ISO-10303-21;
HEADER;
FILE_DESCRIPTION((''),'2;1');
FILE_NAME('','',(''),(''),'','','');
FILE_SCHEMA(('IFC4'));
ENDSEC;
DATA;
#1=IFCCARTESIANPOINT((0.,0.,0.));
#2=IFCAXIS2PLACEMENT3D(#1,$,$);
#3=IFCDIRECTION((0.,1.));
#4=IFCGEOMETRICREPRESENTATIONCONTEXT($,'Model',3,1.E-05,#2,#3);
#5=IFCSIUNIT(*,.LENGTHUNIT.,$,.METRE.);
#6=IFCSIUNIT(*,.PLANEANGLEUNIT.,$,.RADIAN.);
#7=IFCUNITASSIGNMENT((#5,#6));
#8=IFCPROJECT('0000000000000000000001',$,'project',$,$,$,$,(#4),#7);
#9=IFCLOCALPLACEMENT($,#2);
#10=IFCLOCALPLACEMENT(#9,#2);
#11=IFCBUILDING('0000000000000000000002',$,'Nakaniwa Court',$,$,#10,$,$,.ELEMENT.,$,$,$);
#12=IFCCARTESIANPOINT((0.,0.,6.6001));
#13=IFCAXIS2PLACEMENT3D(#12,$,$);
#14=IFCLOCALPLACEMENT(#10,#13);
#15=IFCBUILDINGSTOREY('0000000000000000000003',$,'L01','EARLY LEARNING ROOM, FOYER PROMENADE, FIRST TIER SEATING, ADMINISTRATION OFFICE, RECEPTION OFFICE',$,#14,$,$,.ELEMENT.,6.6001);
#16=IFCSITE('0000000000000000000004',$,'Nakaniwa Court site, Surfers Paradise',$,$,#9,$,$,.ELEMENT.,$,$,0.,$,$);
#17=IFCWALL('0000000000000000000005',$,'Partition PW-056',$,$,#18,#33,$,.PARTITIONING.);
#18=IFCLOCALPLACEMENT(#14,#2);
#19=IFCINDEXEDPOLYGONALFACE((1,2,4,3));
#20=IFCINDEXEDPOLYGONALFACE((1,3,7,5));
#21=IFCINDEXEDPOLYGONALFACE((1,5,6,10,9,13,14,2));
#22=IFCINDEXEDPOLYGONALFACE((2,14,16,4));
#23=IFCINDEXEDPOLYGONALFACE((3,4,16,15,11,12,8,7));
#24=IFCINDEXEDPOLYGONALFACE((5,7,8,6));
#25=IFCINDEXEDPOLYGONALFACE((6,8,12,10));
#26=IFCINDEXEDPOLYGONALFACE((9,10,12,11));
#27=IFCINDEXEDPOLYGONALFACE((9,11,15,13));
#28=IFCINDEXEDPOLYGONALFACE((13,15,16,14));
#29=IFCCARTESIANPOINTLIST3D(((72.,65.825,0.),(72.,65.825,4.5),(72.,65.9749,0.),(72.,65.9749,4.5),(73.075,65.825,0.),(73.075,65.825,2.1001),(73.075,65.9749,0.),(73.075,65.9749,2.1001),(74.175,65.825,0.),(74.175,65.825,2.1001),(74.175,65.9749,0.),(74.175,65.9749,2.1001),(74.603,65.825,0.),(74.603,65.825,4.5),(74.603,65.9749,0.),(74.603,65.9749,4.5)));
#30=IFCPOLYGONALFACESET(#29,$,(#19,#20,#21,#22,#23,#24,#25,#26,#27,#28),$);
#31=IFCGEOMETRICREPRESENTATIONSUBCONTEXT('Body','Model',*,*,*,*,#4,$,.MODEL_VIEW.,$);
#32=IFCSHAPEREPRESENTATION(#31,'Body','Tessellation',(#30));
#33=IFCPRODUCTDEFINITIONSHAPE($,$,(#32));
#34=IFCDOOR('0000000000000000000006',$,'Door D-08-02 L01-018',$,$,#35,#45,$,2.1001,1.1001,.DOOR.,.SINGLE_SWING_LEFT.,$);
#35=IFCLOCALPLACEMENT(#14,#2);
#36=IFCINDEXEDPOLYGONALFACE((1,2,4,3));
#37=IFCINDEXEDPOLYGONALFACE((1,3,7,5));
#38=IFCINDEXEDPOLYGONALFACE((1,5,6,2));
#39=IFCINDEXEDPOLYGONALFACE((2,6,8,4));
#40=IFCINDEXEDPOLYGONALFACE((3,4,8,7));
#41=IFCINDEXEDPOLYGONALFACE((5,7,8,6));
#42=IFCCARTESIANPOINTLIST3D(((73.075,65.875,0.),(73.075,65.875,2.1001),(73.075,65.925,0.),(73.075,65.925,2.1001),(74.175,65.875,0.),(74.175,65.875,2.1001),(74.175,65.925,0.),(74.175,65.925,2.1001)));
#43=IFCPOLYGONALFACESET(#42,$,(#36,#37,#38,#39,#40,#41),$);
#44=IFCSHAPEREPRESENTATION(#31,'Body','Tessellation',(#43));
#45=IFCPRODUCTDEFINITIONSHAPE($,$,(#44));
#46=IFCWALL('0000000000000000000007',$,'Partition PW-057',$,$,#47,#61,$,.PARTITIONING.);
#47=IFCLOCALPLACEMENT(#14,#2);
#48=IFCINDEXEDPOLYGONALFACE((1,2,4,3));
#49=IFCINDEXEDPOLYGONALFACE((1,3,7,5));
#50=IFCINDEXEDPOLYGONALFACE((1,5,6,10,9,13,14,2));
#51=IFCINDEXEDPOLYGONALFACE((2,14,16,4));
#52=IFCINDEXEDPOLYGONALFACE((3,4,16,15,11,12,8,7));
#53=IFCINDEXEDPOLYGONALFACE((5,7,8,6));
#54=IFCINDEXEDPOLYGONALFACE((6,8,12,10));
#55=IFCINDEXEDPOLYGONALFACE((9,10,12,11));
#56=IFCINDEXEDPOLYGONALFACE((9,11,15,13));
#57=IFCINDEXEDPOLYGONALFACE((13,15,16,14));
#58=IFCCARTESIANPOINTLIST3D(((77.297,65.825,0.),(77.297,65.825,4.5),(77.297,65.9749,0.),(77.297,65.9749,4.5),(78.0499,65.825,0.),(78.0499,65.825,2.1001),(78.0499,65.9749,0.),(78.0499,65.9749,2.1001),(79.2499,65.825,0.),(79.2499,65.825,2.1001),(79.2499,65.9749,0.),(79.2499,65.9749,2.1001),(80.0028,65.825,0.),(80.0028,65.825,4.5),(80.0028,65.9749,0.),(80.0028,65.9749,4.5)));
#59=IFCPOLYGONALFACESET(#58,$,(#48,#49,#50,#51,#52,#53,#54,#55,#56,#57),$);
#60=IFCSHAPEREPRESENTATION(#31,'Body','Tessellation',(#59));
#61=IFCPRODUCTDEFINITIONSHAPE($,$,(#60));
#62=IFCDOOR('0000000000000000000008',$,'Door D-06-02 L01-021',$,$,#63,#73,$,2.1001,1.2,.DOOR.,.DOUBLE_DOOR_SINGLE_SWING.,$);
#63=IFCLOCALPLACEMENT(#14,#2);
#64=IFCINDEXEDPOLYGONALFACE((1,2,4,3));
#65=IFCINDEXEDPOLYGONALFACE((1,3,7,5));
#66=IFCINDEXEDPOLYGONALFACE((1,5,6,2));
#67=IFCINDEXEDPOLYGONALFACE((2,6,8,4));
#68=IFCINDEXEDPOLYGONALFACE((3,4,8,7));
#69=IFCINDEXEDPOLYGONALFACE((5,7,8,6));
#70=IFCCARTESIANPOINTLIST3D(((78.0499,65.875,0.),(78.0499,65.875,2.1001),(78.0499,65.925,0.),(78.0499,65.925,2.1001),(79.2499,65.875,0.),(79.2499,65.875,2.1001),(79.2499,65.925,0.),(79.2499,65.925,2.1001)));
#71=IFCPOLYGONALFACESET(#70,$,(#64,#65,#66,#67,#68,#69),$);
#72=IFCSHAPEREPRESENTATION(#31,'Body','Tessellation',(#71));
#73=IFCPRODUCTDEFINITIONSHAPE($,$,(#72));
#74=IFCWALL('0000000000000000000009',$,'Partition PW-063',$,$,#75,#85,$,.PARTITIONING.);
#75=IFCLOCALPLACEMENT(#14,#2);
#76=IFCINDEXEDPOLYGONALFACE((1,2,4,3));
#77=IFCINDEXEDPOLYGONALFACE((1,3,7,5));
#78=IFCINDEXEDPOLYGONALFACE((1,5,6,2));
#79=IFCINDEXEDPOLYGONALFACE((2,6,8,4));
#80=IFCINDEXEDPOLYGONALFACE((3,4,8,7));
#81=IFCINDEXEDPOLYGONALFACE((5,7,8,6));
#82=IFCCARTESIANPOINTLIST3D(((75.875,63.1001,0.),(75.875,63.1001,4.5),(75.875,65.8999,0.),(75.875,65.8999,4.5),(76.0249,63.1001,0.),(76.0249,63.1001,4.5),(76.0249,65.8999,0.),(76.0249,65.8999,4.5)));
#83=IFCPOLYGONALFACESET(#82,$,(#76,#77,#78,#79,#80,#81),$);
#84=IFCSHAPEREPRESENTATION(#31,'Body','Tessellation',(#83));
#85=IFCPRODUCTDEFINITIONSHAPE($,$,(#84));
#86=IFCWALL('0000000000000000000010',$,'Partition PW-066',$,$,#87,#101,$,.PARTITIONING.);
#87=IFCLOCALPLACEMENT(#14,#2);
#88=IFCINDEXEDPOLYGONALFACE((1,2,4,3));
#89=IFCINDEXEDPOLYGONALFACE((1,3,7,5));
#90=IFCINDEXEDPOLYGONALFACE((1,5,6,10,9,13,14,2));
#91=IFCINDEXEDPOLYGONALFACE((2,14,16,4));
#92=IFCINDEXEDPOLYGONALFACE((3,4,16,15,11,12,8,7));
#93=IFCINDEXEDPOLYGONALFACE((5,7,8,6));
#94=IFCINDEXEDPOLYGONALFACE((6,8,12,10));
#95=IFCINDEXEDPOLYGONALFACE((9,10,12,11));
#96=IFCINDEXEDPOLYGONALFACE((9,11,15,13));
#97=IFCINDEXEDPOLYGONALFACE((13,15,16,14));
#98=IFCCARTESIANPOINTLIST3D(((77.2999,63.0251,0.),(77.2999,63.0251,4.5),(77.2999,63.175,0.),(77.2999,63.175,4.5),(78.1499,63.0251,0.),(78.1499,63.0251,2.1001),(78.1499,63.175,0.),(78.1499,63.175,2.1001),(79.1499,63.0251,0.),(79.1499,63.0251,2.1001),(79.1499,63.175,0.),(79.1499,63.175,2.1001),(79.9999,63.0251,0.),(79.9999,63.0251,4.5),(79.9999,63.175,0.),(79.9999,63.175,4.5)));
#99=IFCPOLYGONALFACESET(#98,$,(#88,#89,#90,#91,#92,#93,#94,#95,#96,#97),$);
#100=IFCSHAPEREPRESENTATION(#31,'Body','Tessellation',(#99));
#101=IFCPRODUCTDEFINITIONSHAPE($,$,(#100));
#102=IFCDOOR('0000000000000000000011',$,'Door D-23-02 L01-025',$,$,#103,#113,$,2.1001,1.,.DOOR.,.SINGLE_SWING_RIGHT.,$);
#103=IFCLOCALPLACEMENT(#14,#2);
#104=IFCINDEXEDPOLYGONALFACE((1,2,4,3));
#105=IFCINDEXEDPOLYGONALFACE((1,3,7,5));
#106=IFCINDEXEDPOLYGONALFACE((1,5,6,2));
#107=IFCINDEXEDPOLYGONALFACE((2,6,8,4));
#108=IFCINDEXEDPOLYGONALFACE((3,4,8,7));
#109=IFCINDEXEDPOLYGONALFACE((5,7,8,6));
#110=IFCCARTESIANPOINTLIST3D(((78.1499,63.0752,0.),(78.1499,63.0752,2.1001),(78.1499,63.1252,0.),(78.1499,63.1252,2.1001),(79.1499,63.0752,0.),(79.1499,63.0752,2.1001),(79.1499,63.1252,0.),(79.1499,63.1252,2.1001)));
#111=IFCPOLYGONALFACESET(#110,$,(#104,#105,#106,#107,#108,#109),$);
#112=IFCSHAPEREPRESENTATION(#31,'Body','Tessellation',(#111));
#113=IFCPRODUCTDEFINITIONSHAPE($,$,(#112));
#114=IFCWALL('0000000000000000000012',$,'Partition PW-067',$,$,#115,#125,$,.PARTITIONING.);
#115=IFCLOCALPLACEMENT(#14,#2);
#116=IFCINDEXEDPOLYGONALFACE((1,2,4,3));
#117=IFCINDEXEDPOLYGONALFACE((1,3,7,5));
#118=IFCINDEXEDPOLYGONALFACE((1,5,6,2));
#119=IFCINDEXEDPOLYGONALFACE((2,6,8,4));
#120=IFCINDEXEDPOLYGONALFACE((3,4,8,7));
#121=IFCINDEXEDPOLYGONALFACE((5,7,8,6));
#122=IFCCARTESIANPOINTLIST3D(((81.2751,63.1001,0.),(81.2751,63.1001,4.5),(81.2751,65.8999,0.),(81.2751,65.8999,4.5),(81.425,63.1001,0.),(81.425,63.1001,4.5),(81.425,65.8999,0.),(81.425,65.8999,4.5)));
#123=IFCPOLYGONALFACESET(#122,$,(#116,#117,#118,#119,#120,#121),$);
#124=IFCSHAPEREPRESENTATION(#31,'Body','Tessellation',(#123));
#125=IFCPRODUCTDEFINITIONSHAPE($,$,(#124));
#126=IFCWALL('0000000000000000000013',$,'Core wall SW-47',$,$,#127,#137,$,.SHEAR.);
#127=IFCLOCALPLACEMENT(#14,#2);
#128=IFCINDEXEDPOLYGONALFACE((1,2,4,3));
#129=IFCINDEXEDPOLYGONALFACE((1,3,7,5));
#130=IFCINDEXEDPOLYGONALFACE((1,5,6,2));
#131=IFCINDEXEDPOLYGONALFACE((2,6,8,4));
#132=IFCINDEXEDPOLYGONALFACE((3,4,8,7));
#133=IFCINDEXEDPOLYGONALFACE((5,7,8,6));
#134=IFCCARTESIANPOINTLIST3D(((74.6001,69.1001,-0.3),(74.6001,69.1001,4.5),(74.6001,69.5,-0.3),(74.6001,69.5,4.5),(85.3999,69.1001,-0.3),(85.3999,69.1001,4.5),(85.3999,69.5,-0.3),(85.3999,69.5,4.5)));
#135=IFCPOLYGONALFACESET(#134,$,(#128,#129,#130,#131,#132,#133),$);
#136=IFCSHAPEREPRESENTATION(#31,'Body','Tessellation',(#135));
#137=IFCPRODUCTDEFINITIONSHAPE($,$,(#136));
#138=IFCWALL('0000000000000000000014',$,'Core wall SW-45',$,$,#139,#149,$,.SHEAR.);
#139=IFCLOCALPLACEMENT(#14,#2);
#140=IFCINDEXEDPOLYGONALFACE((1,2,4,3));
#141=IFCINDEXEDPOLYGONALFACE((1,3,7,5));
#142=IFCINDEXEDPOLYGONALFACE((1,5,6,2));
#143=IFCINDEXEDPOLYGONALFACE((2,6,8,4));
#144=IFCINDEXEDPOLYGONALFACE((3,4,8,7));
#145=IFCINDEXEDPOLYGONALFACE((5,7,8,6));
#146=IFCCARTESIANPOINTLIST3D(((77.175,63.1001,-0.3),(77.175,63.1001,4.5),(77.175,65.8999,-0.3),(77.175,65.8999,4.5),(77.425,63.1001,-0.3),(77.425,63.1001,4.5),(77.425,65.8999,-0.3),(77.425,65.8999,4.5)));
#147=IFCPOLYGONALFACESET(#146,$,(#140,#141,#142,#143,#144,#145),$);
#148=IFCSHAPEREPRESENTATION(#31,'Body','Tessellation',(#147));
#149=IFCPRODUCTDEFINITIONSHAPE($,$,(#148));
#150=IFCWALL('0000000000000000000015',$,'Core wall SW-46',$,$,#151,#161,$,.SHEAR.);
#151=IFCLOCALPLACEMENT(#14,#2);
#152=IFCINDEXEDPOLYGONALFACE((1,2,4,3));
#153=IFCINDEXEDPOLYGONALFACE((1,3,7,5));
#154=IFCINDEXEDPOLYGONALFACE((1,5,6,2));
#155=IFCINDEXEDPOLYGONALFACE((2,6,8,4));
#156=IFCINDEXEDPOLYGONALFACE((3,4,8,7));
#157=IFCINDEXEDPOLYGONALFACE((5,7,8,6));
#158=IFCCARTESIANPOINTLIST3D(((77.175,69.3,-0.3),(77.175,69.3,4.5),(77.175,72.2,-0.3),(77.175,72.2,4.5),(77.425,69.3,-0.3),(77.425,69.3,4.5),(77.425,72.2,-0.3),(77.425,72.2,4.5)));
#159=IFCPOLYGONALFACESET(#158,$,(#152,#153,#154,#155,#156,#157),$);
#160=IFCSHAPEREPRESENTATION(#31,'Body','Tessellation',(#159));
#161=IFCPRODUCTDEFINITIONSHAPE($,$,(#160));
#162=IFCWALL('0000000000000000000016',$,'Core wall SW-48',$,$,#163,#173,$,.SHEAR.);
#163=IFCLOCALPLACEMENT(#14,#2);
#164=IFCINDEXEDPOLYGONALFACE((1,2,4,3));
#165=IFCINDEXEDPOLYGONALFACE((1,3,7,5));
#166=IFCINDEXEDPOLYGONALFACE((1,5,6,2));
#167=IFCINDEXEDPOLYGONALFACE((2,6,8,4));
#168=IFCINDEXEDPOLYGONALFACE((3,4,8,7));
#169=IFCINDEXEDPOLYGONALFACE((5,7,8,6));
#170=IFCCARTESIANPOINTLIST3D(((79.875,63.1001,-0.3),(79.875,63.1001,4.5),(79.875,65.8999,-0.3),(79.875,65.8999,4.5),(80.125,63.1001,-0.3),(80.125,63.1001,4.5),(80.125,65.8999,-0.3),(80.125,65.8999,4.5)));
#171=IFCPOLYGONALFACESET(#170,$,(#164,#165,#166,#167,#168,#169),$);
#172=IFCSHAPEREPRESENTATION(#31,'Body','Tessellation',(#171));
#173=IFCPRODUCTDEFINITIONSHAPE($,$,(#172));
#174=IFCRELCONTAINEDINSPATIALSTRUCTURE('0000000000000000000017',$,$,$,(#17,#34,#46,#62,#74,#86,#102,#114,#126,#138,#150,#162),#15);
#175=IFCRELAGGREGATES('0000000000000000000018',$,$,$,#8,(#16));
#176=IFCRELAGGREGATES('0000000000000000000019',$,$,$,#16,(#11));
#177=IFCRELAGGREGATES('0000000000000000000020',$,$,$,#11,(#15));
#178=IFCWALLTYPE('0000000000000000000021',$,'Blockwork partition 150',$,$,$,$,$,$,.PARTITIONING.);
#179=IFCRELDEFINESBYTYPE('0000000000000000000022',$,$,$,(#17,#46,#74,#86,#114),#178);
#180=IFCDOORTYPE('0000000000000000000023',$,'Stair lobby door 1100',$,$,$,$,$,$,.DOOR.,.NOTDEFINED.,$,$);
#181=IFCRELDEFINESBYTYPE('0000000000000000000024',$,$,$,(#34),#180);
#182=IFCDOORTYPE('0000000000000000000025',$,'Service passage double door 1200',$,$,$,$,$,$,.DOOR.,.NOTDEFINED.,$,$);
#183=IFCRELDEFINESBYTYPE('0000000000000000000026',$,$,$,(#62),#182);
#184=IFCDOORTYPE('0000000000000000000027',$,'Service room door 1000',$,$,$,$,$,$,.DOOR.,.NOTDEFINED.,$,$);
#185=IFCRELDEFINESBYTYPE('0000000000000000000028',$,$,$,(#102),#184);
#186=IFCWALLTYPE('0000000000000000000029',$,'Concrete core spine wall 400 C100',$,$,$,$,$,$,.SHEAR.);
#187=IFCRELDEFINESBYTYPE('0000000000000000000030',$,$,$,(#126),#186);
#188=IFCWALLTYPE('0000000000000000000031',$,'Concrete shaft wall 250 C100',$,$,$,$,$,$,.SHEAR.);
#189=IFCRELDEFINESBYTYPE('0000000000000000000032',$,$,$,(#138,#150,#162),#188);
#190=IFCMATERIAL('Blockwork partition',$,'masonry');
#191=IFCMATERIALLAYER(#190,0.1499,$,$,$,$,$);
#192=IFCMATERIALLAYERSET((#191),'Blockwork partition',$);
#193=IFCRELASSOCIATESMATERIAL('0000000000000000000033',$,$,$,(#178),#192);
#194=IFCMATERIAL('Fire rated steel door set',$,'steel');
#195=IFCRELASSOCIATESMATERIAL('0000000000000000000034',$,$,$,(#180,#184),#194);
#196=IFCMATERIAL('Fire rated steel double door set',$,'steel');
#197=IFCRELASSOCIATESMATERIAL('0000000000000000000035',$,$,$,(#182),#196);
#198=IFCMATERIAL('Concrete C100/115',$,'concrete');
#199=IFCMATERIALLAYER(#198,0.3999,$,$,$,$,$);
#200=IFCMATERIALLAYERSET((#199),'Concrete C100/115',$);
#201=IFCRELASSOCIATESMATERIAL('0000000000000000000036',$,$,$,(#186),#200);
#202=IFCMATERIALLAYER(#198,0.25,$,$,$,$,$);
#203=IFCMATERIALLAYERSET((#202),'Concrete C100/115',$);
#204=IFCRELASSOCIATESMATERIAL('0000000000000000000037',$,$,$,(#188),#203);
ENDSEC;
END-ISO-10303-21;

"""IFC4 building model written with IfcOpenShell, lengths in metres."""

from ifc_helpers import new_model, si_unit, direction, frame, frame_2d, origin, place, context, subcontext, project, spatial, rectangle, extrude, material, layer, layer_set, type_object, element, fill, save


model = new_model("IFC4")

# Units and contexts
model_context = context("Model", 3, precision=1e-05, world=origin(), true_north=direction((0.0, 1.0)))
body_context = subcontext(model_context, "Body", "Model", "MODEL_VIEW")
ifc_project = project(units=[si_unit("LENGTHUNIT", "METRE"), si_unit("PLANEANGLEUNIT", "RADIAN")], contexts=[model_context])

# Site, building, storey
site_placement = place(None, origin())
site = spatial("IfcSite", under=ifc_project, at=site_placement, Name="Nakaniwa Court site, Surfers Paradise", CompositionType="ELEMENT", RefElevation=0.0)
building_placement = place(site_placement, origin())
building = spatial("IfcBuilding", under=site, at=building_placement, Name="Nakaniwa Court", CompositionType="ELEMENT")
storey_placement = place(building_placement, frame((0.0, 0.0, 6.6001)))
storey = spatial("IfcBuildingStorey", under=building, at=storey_placement, Name="L01", Description="EARLY LEARNING ROOM, FOYER PROMENADE, FIRST TIER SEATING, ADMINISTRATION OFFICE, RECEPTION OFFICE", CompositionType="ELEMENT", Elevation=6.6001)

# Walls, openings, doors
ifc_material_1 = material(Name="Blockwork partition", Category="masonry")
ifc_layer_1 = layer(ifc_material_1, 0.1499)
ifc_layer_set_1 = layer_set([ifc_layer_1], Name="Blockwork partition")
wall_type_1 = type_object("IfcWallType", Name="Blockwork partition 150", PredefinedType="PARTITIONING", material=ifc_layer_set_1)
wall_1_placement = place(storey_placement, frame((74.603, 65.8999, 0.0), z_axis=(0.0, 0.0, 1.0), x_axis=(-1.0, 0.0, 0.0)))
wall_1 = element("IfcWall", 1, at=wall_1_placement, inside=storey, type_object=wall_type_1, Name="Partition PW-056", PredefinedType="PARTITIONING", context=body_context, shape_type="SweptSolid", body=[
    extrude(rectangle(XDim=2.603, YDim=0.1499, at=frame_2d((1.3015, 0.0))), origin(), (0.0, 0.0, 1.0), 4.5),
])
opening_1_placement = place(wall_1_placement, frame((0.428, 0.0, 0.0)))
opening_1 = element("IfcOpeningElement", 2, at=opening_1_placement, cuts=wall_1, PredefinedType="OPENING", context=body_context, shape_type="SweptSolid", body=[
    extrude(rectangle(XDim=1.1001, YDim=2.1001, at=frame_2d((0.55, 1.05))), frame((0.0, 0.085, 0.0), z_axis=(0.0, -1.0, 0.0), x_axis=(1.0, 0.0, 0.0)), (0.0, 0.0, 1.0), 0.1699),
])
ifc_material_2 = material(Name="Fire rated steel door set", Category="steel")
door_type_1 = type_object("IfcDoorType", Name="Stair lobby door 1100", OperationType="NOTDEFINED", PredefinedType="DOOR", material=ifc_material_2)
door_1_placement = place(opening_1_placement, origin())
door_1 = element("IfcDoor", 3, at=door_1_placement, inside=storey, type_object=door_type_1, Name="Door D-08-02 L01-018", OperationType="SINGLE_SWING_LEFT", OverallHeight=2.1001, OverallWidth=1.1001, PredefinedType="DOOR", context=body_context, shape_type="SweptSolid", body=[
    extrude(rectangle(XDim=1.1001, YDim=2.1001, at=frame_2d((0.55, 1.05))), frame((0.0, 0.0249, 0.0), z_axis=(0.0, -1.0, 0.0), x_axis=(1.0, 0.0, 0.0)), (0.0, 0.0, 1.0), 0.05),
])
fill(opening_1, door_1)
wall_2_placement = place(storey_placement, frame((80.0029, 65.8999, 0.0), z_axis=(0.0, 0.0, 1.0), x_axis=(-1.0, 0.0, 0.0)))
wall_2 = element("IfcWall", 4, at=wall_2_placement, inside=storey, type_object=wall_type_1, Name="Partition PW-057", PredefinedType="PARTITIONING", context=body_context, shape_type="SweptSolid", body=[
    extrude(rectangle(XDim=2.7058, YDim=0.1499, at=frame_2d((1.353, 0.0))), origin(), (0.0, 0.0, 1.0), 4.5),
])
opening_2_placement = place(wall_2_placement, frame((0.7529, 0.0, 0.0)))
opening_2 = element("IfcOpeningElement", 5, at=opening_2_placement, cuts=wall_2, PredefinedType="OPENING", context=body_context, shape_type="SweptSolid", body=[
    extrude(rectangle(XDim=1.2, YDim=2.1001, at=frame_2d((0.6001, 1.05))), frame((0.0, 0.085, 0.0), z_axis=(0.0, -1.0, 0.0), x_axis=(1.0, 0.0, 0.0)), (0.0, 0.0, 1.0), 0.1699),
])
ifc_material_3 = material(Name="Fire rated steel double door set", Category="steel")
door_type_2 = type_object("IfcDoorType", Name="Service passage double door 1200", OperationType="NOTDEFINED", PredefinedType="DOOR", material=ifc_material_3)
door_2_placement = place(opening_2_placement, origin())
door_2 = element("IfcDoor", 6, at=door_2_placement, inside=storey, type_object=door_type_2, Name="Door D-06-02 L01-021", OperationType="DOUBLE_DOOR_SINGLE_SWING", OverallHeight=2.1001, OverallWidth=1.2, PredefinedType="DOOR", context=body_context, shape_type="SweptSolid", body=[
    extrude(rectangle(XDim=1.2, YDim=2.1001, at=frame_2d((0.6001, 1.05))), frame((0.0, 0.0249, 0.0), z_axis=(0.0, -1.0, 0.0), x_axis=(1.0, 0.0, 0.0)), (0.0, 0.0, 1.0), 0.05),
])
fill(opening_2, door_2)

# Wall
wall_3_placement = place(storey_placement, frame((75.95, 63.1001, 0.0), z_axis=(0.0, 0.0, 1.0), x_axis=(0.0, 1.0, 0.0)))
element("IfcWall", 7, at=wall_3_placement, inside=storey, type_object=wall_type_1, Name="Partition PW-063", PredefinedType="PARTITIONING", context=body_context, shape_type="SweptSolid", body=[
    extrude(rectangle(XDim=2.7998, YDim=0.1499, at=frame_2d((1.3999, 0.0))), origin(), (0.0, 0.0, 1.0), 4.5),
])

# Wall, opening, door
wall_4_placement = place(storey_placement, frame((80.0, 63.1001, 0.0), z_axis=(0.0, 0.0, 1.0), x_axis=(-1.0, 0.0, 0.0)))
wall_4 = element("IfcWall", 8, at=wall_4_placement, inside=storey, type_object=wall_type_1, Name="Partition PW-066", PredefinedType="PARTITIONING", context=body_context, shape_type="SweptSolid", body=[
    extrude(rectangle(XDim=2.7, YDim=0.1499, at=frame_2d((1.3501, 0.0))), origin(), (0.0, 0.0, 1.0), 4.5),
])
opening_3_placement = place(wall_4_placement, frame((0.8501, 0.0, 0.0)))
opening_3 = element("IfcOpeningElement", 9, at=opening_3_placement, cuts=wall_4, PredefinedType="OPENING", context=body_context, shape_type="SweptSolid", body=[
    extrude(rectangle(XDim=1.0, YDim=2.1001, at=frame_2d((0.5, 1.05))), frame((0.0, 0.085, 0.0), z_axis=(0.0, -1.0, 0.0), x_axis=(1.0, 0.0, 0.0)), (0.0, 0.0, 1.0), 0.1699),
])
door_type_3 = type_object("IfcDoorType", Name="Service room door 1000", OperationType="NOTDEFINED", PredefinedType="DOOR", material=ifc_material_2)
door_3_placement = place(opening_3_placement, origin())
door_3 = element("IfcDoor", 10, at=door_3_placement, inside=storey, type_object=door_type_3, Name="Door D-23-02 L01-025", OperationType="SINGLE_SWING_RIGHT", OverallHeight=2.1001, OverallWidth=1.0, PredefinedType="DOOR", context=body_context, shape_type="SweptSolid", body=[
    extrude(rectangle(XDim=1.0, YDim=2.1001, at=frame_2d((0.5, 1.05))), frame((0.0, 0.0249, 0.0), z_axis=(0.0, -1.0, 0.0), x_axis=(1.0, 0.0, 0.0)), (0.0, 0.0, 1.0), 0.05),
])
fill(opening_3, door_3)

# Walls
wall_5_placement = place(storey_placement, frame((81.3501, 63.1001, 0.0), z_axis=(0.0, 0.0, 1.0), x_axis=(0.0, 1.0, 0.0)))
element("IfcWall", 11, at=wall_5_placement, inside=storey, type_object=wall_type_1, Name="Partition PW-067", PredefinedType="PARTITIONING", context=body_context, shape_type="SweptSolid", body=[
    extrude(rectangle(XDim=2.7998, YDim=0.1499, at=frame_2d((1.3999, 0.0))), origin(), (0.0, 0.0, 1.0), 4.5),
])
ifc_material_4 = material(Name="Concrete C100/115", Category="concrete")
ifc_layer_2 = layer(ifc_material_4, 0.3999)
ifc_layer_set_2 = layer_set([ifc_layer_2], Name="Concrete C100/115")
wall_type_2 = type_object("IfcWallType", Name="Concrete core spine wall 400 C100", PredefinedType="SHEAR", material=ifc_layer_set_2)
wall_6_placement = place(storey_placement, frame((74.6001, 69.3, -0.3), z_axis=(0.0, 0.0, 1.0), x_axis=(1.0, 0.0, 0.0)))
element("IfcWall", 12, at=wall_6_placement, inside=storey, type_object=wall_type_2, Name="Core wall SW-47", PredefinedType="SHEAR", context=body_context, shape_type="SweptSolid", body=[
    extrude(rectangle(XDim=10.7998, YDim=0.3999, at=frame_2d((5.3999, 0.0))), origin(), (0.0, 0.0, 1.0), 4.8),
])
ifc_layer_3 = layer(ifc_material_4, 0.25)
ifc_layer_set_3 = layer_set([ifc_layer_3], Name="Concrete C100/115")
wall_type_3 = type_object("IfcWallType", Name="Concrete shaft wall 250 C100", PredefinedType="SHEAR", material=ifc_layer_set_3)
wall_7_placement = place(storey_placement, frame((77.3, 63.1001, -0.3), z_axis=(0.0, 0.0, 1.0), x_axis=(0.0, 1.0, 0.0)))
element("IfcWall", 13, at=wall_7_placement, inside=storey, type_object=wall_type_3, Name="Core wall SW-45", PredefinedType="SHEAR", context=body_context, shape_type="SweptSolid", body=[
    extrude(rectangle(XDim=2.7998, YDim=0.25, at=frame_2d((1.3999, 0.0))), origin(), (0.0, 0.0, 1.0), 4.8),
])
wall_8_placement = place(storey_placement, frame((77.3, 69.3, -0.3), z_axis=(0.0, 0.0, 1.0), x_axis=(0.0, 1.0, 0.0)))
element("IfcWall", 14, at=wall_8_placement, inside=storey, type_object=wall_type_3, Name="Core wall SW-46", PredefinedType="SHEAR", context=body_context, shape_type="SweptSolid", body=[
    extrude(rectangle(XDim=2.8999, YDim=0.25, at=frame_2d((1.45, 0.0))), origin(), (0.0, 0.0, 1.0), 4.8),
])
wall_9_placement = place(storey_placement, frame((80.0, 63.1001, -0.3), z_axis=(0.0, 0.0, 1.0), x_axis=(0.0, 1.0, 0.0)))
element("IfcWall", 15, at=wall_9_placement, inside=storey, type_object=wall_type_3, Name="Core wall SW-48", PredefinedType="SHEAR", context=body_context, shape_type="SweptSolid", body=[
    extrude(rectangle(XDim=2.7998, YDim=0.25, at=frame_2d((1.3999, 0.0))), origin(), (0.0, 0.0, 1.0), 4.8),
])

save(model, "model.ifc")
